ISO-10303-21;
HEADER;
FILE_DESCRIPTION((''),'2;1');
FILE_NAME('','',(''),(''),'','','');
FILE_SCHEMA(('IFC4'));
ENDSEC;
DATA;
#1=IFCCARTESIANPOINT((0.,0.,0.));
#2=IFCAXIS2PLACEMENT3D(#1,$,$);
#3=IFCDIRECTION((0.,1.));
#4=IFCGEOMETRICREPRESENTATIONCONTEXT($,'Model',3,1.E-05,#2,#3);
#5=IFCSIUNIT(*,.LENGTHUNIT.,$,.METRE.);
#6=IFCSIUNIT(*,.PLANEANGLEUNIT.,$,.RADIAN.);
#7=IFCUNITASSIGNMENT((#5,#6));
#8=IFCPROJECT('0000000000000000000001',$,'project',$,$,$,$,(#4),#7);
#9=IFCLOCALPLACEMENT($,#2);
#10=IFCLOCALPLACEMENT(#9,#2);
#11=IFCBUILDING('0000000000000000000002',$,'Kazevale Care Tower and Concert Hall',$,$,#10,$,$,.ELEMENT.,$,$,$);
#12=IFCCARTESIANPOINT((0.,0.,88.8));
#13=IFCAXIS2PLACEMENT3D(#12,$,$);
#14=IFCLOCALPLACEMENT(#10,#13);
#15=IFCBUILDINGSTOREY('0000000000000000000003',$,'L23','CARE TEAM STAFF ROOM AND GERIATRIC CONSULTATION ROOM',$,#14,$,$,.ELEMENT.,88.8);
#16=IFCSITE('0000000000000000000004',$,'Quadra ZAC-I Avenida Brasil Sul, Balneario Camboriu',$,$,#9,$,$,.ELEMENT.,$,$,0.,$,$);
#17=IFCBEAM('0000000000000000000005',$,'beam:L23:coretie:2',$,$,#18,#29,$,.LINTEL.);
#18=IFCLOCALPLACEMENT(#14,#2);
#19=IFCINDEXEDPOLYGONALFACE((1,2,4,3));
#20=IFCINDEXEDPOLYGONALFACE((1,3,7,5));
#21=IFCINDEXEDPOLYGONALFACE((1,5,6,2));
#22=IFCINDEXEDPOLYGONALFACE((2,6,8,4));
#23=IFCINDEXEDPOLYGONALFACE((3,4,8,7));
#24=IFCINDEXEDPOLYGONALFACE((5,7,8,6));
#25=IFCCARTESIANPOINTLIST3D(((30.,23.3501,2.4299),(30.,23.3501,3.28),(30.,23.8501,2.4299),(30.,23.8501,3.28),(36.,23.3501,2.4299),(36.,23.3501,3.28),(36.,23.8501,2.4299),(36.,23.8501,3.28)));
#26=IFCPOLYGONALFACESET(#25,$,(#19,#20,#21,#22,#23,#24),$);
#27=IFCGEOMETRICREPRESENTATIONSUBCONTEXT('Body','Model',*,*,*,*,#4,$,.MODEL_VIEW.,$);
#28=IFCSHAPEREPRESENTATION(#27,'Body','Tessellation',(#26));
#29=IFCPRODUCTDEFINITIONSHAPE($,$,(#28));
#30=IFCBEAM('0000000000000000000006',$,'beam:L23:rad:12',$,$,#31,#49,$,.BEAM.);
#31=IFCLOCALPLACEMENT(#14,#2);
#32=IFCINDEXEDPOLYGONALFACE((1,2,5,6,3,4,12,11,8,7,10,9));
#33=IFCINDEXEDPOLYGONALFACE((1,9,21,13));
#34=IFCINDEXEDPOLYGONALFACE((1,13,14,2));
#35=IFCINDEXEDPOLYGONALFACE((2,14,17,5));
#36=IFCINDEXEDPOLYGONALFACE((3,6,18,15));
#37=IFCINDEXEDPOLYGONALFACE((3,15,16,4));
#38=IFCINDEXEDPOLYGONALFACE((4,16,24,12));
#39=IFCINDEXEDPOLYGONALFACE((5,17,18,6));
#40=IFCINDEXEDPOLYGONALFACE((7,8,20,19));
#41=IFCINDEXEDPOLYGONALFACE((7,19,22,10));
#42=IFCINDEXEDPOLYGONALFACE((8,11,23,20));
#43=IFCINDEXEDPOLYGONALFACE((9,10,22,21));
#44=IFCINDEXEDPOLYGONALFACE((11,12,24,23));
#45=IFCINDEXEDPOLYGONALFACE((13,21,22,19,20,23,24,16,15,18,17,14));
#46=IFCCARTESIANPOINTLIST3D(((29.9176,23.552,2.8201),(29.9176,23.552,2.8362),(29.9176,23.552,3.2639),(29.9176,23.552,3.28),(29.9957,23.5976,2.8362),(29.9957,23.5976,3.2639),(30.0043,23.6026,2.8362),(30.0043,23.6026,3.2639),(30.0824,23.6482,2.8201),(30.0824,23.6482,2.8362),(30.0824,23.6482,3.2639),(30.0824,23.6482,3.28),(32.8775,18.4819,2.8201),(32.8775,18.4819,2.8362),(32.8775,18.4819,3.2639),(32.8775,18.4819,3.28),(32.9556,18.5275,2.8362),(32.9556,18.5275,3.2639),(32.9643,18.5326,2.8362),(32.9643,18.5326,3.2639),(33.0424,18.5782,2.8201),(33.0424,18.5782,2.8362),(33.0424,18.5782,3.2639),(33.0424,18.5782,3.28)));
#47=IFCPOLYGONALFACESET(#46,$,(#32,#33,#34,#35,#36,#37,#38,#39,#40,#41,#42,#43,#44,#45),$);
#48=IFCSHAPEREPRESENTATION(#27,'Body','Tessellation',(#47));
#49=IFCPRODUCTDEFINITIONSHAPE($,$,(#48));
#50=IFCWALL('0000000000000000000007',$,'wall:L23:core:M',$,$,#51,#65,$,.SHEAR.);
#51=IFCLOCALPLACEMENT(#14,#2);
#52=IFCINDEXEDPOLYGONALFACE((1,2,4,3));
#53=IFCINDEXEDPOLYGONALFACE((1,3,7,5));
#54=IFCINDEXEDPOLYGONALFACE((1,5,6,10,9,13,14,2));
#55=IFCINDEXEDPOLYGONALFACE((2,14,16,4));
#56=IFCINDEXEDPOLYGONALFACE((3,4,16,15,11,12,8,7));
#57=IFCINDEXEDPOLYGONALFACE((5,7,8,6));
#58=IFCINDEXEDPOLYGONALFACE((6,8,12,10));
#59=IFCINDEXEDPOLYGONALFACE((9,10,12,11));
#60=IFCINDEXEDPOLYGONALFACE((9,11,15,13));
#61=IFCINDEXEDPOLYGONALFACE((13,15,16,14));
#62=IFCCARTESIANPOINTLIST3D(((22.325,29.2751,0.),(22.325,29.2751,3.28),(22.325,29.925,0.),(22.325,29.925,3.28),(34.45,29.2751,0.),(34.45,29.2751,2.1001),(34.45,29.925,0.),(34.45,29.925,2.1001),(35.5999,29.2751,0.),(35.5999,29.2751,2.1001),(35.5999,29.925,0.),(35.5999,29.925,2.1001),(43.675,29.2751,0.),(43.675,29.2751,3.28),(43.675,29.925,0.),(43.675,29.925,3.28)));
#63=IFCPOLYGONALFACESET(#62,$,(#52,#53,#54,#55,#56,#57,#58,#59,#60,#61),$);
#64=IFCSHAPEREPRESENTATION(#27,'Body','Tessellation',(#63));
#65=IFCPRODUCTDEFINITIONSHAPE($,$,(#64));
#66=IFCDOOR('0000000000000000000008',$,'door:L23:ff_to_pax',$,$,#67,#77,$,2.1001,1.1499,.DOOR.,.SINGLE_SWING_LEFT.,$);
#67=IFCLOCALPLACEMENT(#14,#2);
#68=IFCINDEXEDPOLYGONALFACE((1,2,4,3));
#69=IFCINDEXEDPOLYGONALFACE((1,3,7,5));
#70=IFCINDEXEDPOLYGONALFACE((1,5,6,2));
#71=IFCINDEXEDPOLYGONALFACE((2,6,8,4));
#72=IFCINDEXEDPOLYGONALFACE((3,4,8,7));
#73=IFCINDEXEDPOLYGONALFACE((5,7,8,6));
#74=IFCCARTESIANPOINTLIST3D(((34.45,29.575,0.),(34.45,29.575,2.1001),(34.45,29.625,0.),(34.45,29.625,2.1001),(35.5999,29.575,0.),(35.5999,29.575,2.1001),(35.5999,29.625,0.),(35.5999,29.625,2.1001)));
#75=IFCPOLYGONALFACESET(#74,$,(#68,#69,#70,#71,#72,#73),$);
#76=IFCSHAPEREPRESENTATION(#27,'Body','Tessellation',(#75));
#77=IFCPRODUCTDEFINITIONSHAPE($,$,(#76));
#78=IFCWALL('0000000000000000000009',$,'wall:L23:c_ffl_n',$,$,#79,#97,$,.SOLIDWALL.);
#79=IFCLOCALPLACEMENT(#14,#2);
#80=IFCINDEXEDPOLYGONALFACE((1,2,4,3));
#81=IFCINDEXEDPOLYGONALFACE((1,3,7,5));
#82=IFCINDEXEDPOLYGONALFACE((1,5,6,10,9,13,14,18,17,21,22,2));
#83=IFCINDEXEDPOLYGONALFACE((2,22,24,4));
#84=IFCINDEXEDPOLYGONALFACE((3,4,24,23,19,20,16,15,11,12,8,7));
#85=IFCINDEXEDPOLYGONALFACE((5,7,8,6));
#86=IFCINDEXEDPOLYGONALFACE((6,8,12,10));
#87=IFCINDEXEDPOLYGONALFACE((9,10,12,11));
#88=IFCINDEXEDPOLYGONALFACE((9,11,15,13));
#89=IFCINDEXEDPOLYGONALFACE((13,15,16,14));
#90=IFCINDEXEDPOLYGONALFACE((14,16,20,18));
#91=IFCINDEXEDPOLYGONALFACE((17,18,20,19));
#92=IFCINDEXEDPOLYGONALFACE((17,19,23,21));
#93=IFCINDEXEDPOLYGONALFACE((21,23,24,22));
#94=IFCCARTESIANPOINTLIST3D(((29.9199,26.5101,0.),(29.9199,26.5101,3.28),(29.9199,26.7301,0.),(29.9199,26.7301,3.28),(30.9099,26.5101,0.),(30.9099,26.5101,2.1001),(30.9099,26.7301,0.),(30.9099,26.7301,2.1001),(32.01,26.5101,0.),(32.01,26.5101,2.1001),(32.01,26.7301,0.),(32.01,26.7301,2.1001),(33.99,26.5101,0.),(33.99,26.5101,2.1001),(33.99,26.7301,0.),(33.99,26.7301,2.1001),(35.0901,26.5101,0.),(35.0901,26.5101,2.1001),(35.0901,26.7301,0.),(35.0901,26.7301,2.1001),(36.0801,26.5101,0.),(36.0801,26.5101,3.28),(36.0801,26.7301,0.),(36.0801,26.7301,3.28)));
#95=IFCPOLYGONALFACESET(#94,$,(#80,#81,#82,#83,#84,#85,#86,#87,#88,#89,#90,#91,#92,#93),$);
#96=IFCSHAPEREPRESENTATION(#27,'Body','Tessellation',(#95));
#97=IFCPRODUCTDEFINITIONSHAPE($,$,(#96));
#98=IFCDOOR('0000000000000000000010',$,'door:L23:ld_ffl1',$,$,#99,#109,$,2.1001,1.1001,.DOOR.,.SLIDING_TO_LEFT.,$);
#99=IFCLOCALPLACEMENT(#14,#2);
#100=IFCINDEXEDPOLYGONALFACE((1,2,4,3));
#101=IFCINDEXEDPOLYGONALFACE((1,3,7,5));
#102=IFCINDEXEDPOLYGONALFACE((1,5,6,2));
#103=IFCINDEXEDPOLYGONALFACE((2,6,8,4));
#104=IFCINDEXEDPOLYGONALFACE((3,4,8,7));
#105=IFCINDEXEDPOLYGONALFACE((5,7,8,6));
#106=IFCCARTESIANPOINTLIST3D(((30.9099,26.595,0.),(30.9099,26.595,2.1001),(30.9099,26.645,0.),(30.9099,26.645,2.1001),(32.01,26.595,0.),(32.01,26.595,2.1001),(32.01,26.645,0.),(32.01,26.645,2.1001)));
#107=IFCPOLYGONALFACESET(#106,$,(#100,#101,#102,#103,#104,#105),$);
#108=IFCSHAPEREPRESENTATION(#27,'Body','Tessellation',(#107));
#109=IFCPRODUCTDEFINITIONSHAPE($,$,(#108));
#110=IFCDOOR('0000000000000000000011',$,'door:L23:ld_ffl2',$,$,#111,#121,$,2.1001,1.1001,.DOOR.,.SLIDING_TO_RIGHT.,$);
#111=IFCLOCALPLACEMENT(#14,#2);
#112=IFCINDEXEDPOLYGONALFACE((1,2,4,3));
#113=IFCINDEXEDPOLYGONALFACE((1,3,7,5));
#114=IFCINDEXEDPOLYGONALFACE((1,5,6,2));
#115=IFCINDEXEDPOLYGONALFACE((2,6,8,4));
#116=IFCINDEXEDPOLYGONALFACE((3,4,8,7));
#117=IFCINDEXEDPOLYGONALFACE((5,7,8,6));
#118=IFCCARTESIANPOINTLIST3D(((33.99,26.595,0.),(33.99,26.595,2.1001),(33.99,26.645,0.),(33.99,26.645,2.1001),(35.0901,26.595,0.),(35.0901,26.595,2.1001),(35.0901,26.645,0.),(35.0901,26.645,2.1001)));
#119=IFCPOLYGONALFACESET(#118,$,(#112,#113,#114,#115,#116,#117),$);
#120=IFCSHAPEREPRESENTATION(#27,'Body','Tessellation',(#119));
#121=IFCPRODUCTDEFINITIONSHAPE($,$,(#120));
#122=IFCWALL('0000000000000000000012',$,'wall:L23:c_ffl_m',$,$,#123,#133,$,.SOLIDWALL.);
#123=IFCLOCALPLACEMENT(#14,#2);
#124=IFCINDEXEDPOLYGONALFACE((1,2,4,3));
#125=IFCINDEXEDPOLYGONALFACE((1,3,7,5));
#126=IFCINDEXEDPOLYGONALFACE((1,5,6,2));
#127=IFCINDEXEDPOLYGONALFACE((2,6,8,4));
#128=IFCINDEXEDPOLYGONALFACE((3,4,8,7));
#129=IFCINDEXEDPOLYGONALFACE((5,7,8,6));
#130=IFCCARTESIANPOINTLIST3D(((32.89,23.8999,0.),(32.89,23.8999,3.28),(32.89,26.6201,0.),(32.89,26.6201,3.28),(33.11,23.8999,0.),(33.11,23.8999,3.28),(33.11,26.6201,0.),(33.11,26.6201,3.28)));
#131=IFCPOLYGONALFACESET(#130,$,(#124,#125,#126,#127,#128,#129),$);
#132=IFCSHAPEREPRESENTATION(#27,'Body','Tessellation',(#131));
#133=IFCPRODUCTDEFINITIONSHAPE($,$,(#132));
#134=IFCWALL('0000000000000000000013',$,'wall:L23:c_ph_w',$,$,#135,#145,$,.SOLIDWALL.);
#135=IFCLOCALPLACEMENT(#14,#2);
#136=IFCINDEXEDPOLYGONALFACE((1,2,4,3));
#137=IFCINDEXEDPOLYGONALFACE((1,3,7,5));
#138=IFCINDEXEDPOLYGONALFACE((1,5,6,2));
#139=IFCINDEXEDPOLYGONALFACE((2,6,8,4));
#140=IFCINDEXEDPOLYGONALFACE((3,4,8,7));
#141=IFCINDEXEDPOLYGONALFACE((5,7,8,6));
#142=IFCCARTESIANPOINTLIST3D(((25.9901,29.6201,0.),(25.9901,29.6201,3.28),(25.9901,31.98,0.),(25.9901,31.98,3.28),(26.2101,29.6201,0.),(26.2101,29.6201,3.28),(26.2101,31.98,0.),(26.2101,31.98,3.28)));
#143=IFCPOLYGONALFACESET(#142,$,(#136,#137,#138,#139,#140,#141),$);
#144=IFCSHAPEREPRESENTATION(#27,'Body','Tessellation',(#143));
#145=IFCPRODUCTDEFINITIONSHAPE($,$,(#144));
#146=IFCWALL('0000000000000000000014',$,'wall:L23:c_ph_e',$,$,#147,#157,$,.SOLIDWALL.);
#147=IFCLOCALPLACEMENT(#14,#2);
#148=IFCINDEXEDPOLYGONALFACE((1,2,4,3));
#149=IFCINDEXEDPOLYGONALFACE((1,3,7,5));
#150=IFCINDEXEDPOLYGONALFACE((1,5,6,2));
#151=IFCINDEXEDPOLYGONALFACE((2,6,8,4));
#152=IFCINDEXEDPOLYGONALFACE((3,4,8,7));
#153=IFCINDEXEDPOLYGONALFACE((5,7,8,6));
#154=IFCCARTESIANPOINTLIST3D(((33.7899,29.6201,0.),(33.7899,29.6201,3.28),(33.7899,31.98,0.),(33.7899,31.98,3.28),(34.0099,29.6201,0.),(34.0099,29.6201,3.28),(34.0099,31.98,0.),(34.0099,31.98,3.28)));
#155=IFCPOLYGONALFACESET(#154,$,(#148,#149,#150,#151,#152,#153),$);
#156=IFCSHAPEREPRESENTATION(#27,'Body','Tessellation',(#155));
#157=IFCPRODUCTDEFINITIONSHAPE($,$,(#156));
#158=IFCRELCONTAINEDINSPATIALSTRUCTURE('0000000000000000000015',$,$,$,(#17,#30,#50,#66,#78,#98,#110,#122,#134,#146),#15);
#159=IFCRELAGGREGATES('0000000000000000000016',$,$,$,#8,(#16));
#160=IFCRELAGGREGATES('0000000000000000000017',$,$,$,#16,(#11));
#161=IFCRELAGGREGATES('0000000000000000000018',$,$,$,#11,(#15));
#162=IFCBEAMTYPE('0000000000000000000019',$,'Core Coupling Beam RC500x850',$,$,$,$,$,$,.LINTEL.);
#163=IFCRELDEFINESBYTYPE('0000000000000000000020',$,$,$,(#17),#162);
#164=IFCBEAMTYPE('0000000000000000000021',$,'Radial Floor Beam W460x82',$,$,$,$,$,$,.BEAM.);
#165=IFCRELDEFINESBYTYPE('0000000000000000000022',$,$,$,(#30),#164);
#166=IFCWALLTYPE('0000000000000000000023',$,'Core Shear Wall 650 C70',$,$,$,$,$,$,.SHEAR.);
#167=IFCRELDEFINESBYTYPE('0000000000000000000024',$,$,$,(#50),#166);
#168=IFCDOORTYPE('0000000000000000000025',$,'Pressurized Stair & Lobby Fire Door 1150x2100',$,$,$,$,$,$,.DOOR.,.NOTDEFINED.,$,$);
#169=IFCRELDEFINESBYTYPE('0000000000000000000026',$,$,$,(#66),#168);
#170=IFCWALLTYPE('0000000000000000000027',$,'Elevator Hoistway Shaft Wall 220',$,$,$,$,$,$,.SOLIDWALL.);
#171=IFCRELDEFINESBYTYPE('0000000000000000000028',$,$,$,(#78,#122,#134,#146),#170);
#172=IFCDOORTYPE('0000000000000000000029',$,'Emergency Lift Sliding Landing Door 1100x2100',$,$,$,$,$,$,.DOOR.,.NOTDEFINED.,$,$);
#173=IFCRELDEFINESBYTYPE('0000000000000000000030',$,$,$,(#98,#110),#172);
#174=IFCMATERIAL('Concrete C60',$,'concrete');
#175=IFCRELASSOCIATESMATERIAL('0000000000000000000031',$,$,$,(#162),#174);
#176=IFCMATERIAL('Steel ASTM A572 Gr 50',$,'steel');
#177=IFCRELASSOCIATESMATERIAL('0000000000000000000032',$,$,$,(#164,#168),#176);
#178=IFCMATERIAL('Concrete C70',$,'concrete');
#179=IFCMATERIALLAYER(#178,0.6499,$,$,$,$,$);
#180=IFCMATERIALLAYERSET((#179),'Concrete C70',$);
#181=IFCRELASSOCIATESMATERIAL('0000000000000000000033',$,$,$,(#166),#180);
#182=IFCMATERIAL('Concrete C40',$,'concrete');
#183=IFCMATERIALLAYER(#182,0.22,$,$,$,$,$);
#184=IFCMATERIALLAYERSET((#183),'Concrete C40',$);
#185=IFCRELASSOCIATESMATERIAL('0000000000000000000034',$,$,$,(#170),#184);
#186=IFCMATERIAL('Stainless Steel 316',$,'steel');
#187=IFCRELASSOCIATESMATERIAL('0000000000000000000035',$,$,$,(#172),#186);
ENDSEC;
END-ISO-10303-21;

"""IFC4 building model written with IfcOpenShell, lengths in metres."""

from ifc_helpers import new_model, si_unit, direction, frame, frame_2d, origin, origin_2d, place, context, subcontext, project, spatial, rectangle, i_section, extrude, material, layer, layer_set, material_profile, profile_set, type_object, element, fill, save


model = new_model("IFC4")

# Units and contexts
model_context = context("Model", 3, precision=1e-05, world=origin(), true_north=direction((0.0, 1.0)))
body_context = subcontext(model_context, "Body", "Model", "MODEL_VIEW")
ifc_project = project(units=[si_unit("LENGTHUNIT", "METRE"), si_unit("PLANEANGLEUNIT", "RADIAN")], contexts=[model_context])

# Site, building, storey
site_placement = place(None, origin())
site = spatial("IfcSite", under=ifc_project, at=site_placement, Name="Quadra ZAC-I Avenida Brasil Sul, Balneario Camboriu", CompositionType="ELEMENT", RefElevation=0.0)
building_placement = place(site_placement, origin())
building = spatial("IfcBuilding", under=site, at=building_placement, Name="Kazevale Care Tower and Concert Hall", CompositionType="ELEMENT")
storey_placement = place(building_placement, frame((0.0, 0.0, 88.8)))
storey = spatial("IfcBuildingStorey", under=building, at=storey_placement, Name="L23", Description="CARE TEAM STAFF ROOM AND GERIATRIC CONSULTATION ROOM", CompositionType="ELEMENT", Elevation=88.8)

# Beams
ifc_material_1 = material(Name="Concrete C60", Category="concrete")
ifc_material_profile_1 = material_profile(ifc_material_1, rectangle(XDim=0.5, YDim=0.8501, at=origin_2d()), Name="RC-B500x850")
ifc_profile_set_1 = profile_set([ifc_material_profile_1], Name="Concrete C60")
beam_type_1 = type_object("IfcBeamType", Name="Core Coupling Beam RC500x850", PredefinedType="LINTEL", material=ifc_profile_set_1)
beam_1_placement = place(storey_placement, frame((30.0, 23.6001, 2.855), z_axis=(1.0, 0.0, 0.0), x_axis=(0.0, 1.0, 0.0)))
element("IfcBeam", 1, at=beam_1_placement, inside=storey, type_object=beam_type_1, Name="beam:L23:coretie:2", PredefinedType="LINTEL", context=body_context, shape_type="SweptSolid", body=[
    extrude(rectangle(XDim=0.5, YDim=0.8501, at=origin_2d()), origin(), (0.0, 0.0, 1.0), 6.0),
])
ifc_material_2 = material(Name="Steel ASTM A572 Gr 50", Category="steel")
ifc_material_profile_2 = material_profile(ifc_material_2, i_section(OverallWidth=0.1909, OverallDepth=0.46, WebThickness=0.01, FlangeThickness=0.0161, at=origin_2d()), Name="W460x82")
ifc_profile_set_2 = profile_set([ifc_material_profile_2], Name="Steel ASTM A572 Gr 50")
beam_type_2 = type_object("IfcBeamType", Name="Radial Floor Beam W460x82", PredefinedType="BEAM", material=ifc_profile_set_2)
beam_2_placement = place(storey_placement, frame((30.0, 23.6001, 3.05), z_axis=(0.504179, -0.863599, 0.0), x_axis=(0.863599, 0.504179, 0.0)))
element("IfcBeam", 2, at=beam_2_placement, inside=storey, type_object=beam_type_2, Name="beam:L23:rad:12", PredefinedType="BEAM", context=body_context, shape_type="SweptSolid", body=[
    extrude(i_section(OverallWidth=0.1909, OverallDepth=0.46, WebThickness=0.01, FlangeThickness=0.0161, at=origin_2d()), origin(), (0.0, 0.0, 1.0), 5.8708),
])

# Wall, opening, door
ifc_material_3 = material(Name="Concrete C70", Category="concrete")
ifc_layer_1 = layer(ifc_material_3, 0.6499)
ifc_layer_set_1 = layer_set([ifc_layer_1], Name="Concrete C70")
wall_type_1 = type_object("IfcWallType", Name="Core Shear Wall 650 C70", PredefinedType="SHEAR", material=ifc_layer_set_1)
wall_1_placement = place(storey_placement, frame((22.325, 29.6001, 0.0), z_axis=(0.0, 0.0, 1.0), x_axis=(1.0, 0.0, 0.0)))
wall_1 = element("IfcWall", 3, at=wall_1_placement, inside=storey, type_object=wall_type_1, Name="wall:L23:core:M", PredefinedType="SHEAR", context=body_context, shape_type="SweptSolid", body=[
    extrude(rectangle(XDim=21.3501, YDim=0.6499, at=frame_2d((10.675, 0.0))), origin(), (0.0, 0.0, 1.0), 3.28),
])
opening_1_placement = place(wall_1_placement, frame((12.125, 0.0, 0.0)))
opening_1 = element("IfcOpeningElement", 4, at=opening_1_placement, cuts=wall_1, PredefinedType="OPENING", context=body_context, shape_type="SweptSolid", body=[
    extrude(rectangle(XDim=1.1499, YDim=2.1001, at=frame_2d((0.575, 1.05))), frame((0.0, 0.335, 0.0), z_axis=(0.0, -1.0, 0.0), x_axis=(1.0, 0.0, 0.0)), (0.0, 0.0, 1.0), 0.6699),
])
door_type_1 = type_object("IfcDoorType", Name="Pressurized Stair & Lobby Fire Door 1150x2100", OperationType="NOTDEFINED", PredefinedType="DOOR", material=ifc_material_2)
door_1_placement = place(opening_1_placement, origin())
door_1 = element("IfcDoor", 5, at=door_1_placement, inside=storey, type_object=door_type_1, Name="door:L23:ff_to_pax", OperationType="SINGLE_SWING_LEFT", OverallHeight=2.1001, OverallWidth=1.1499, PredefinedType="DOOR", context=body_context, shape_type="SweptSolid", body=[
    extrude(rectangle(XDim=1.1499, YDim=2.1001, at=frame_2d((0.575, 1.05))), frame((0.0, 0.0249, 0.0), z_axis=(0.0, -1.0, 0.0), x_axis=(1.0, 0.0, 0.0)), (0.0, 0.0, 1.0), 0.05),
])
fill(opening_1, door_1)

# Wall, openings, doors
ifc_material_4 = material(Name="Concrete C40", Category="concrete")
ifc_layer_2 = layer(ifc_material_4, 0.22)
ifc_layer_set_2 = layer_set([ifc_layer_2], Name="Concrete C40")
wall_type_2 = type_object("IfcWallType", Name="Elevator Hoistway Shaft Wall 220", PredefinedType="SOLIDWALL", material=ifc_layer_set_2)
wall_2_placement = place(storey_placement, frame((29.9199, 26.6201, 0.0), z_axis=(0.0, 0.0, 1.0), x_axis=(1.0, 0.0, 0.0)))
wall_2 = element("IfcWall", 6, at=wall_2_placement, inside=storey, type_object=wall_type_2, Name="wall:L23:c_ffl_n", PredefinedType="SOLIDWALL", context=body_context, shape_type="SweptSolid", body=[
    extrude(rectangle(XDim=6.1602, YDim=0.22, at=frame_2d((3.0801, 0.0))), origin(), (0.0, 0.0, 1.0), 3.28),
])
opening_2_placement = place(wall_2_placement, frame((0.99, 0.0, 0.0)))
opening_2 = element("IfcOpeningElement", 7, at=opening_2_placement, cuts=wall_2, PredefinedType="OPENING", context=body_context, shape_type="SweptSolid", body=[
    extrude(rectangle(XDim=1.1001, YDim=2.1001, at=frame_2d((0.55, 1.05))), frame((0.0, 0.1199, 0.0), z_axis=(0.0, -1.0, 0.0), x_axis=(1.0, 0.0, 0.0)), (0.0, 0.0, 1.0), 0.24),
])
opening_3_placement = place(wall_2_placement, frame((4.0701, 0.0, 0.0)))
opening_3 = element("IfcOpeningElement", 8, at=opening_3_placement, cuts=wall_2, PredefinedType="OPENING", context=body_context, shape_type="SweptSolid", body=[
    extrude(rectangle(XDim=1.1001, YDim=2.1001, at=frame_2d((0.55, 1.05))), frame((0.0, 0.1199, 0.0), z_axis=(0.0, -1.0, 0.0), x_axis=(1.0, 0.0, 0.0)), (0.0, 0.0, 1.0), 0.24),
])
ifc_material_5 = material(Name="Stainless Steel 316", Category="steel")
door_type_2 = type_object("IfcDoorType", Name="Emergency Lift Sliding Landing Door 1100x2100", OperationType="NOTDEFINED", PredefinedType="DOOR", material=ifc_material_5)
door_2_placement = place(opening_2_placement, origin())
door_2 = element("IfcDoor", 9, at=door_2_placement, inside=storey, type_object=door_type_2, Name="door:L23:ld_ffl1", OperationType="SLIDING_TO_LEFT", OverallHeight=2.1001, OverallWidth=1.1001, PredefinedType="DOOR", context=body_context, shape_type="SweptSolid", body=[
    extrude(rectangle(XDim=1.1001, YDim=2.1001, at=frame_2d((0.55, 1.05))), frame((0.0, 0.0249, 0.0), z_axis=(0.0, -1.0, 0.0), x_axis=(1.0, 0.0, 0.0)), (0.0, 0.0, 1.0), 0.05),
])
fill(opening_2, door_2)
door_3_placement = place(opening_3_placement, origin())
door_3 = element("IfcDoor", 10, at=door_3_placement, inside=storey, type_object=door_type_2, Name="door:L23:ld_ffl2", OperationType="SLIDING_TO_RIGHT", OverallHeight=2.1001, OverallWidth=1.1001, PredefinedType="DOOR", context=body_context, shape_type="SweptSolid", body=[
    extrude(rectangle(XDim=1.1001, YDim=2.1001, at=frame_2d((0.55, 1.05))), frame((0.0, 0.0249, 0.0), z_axis=(0.0, -1.0, 0.0), x_axis=(1.0, 0.0, 0.0)), (0.0, 0.0, 1.0), 0.05),
])
fill(opening_3, door_3)

# Walls
wall_3_placement = place(storey_placement, frame((33.0, 23.8999, 0.0), z_axis=(0.0, 0.0, 1.0), x_axis=(0.0, 1.0, 0.0)))
element("IfcWall", 11, at=wall_3_placement, inside=storey, type_object=wall_type_2, Name="wall:L23:c_ffl_m", PredefinedType="SOLIDWALL", context=body_context, shape_type="SweptSolid", body=[
    extrude(rectangle(XDim=2.7202, YDim=0.22, at=frame_2d((1.3601, 0.0))), origin(), (0.0, 0.0, 1.0), 3.28),
])
for number, where, z_axis, x_axis, name in (
    (12, (26.1001, 29.6201, 0.0), (0.0, 0.0, 1.0), (0.0, 1.0, 0.0), "wall:L23:c_ph_w"),
    (13, (33.8999, 29.6201, 0.0), (0.0, 0.0, 1.0), (0.0, 1.0, 0.0), "wall:L23:c_ph_e"),
):
    element("IfcWall", number, at=place(storey_placement, frame(where, z_axis=z_axis, x_axis=x_axis)), inside=storey, type_object=wall_type_2, Name=name, PredefinedType="SOLIDWALL", context=body_context, shape_type="SweptSolid", body=[
        extrude(rectangle(XDim=2.3599, YDim=0.22, at=frame_2d((1.1799, 0.0))), origin(), (0.0, 0.0, 1.0), 3.28),
    ])

save(model, "model.ifc")
